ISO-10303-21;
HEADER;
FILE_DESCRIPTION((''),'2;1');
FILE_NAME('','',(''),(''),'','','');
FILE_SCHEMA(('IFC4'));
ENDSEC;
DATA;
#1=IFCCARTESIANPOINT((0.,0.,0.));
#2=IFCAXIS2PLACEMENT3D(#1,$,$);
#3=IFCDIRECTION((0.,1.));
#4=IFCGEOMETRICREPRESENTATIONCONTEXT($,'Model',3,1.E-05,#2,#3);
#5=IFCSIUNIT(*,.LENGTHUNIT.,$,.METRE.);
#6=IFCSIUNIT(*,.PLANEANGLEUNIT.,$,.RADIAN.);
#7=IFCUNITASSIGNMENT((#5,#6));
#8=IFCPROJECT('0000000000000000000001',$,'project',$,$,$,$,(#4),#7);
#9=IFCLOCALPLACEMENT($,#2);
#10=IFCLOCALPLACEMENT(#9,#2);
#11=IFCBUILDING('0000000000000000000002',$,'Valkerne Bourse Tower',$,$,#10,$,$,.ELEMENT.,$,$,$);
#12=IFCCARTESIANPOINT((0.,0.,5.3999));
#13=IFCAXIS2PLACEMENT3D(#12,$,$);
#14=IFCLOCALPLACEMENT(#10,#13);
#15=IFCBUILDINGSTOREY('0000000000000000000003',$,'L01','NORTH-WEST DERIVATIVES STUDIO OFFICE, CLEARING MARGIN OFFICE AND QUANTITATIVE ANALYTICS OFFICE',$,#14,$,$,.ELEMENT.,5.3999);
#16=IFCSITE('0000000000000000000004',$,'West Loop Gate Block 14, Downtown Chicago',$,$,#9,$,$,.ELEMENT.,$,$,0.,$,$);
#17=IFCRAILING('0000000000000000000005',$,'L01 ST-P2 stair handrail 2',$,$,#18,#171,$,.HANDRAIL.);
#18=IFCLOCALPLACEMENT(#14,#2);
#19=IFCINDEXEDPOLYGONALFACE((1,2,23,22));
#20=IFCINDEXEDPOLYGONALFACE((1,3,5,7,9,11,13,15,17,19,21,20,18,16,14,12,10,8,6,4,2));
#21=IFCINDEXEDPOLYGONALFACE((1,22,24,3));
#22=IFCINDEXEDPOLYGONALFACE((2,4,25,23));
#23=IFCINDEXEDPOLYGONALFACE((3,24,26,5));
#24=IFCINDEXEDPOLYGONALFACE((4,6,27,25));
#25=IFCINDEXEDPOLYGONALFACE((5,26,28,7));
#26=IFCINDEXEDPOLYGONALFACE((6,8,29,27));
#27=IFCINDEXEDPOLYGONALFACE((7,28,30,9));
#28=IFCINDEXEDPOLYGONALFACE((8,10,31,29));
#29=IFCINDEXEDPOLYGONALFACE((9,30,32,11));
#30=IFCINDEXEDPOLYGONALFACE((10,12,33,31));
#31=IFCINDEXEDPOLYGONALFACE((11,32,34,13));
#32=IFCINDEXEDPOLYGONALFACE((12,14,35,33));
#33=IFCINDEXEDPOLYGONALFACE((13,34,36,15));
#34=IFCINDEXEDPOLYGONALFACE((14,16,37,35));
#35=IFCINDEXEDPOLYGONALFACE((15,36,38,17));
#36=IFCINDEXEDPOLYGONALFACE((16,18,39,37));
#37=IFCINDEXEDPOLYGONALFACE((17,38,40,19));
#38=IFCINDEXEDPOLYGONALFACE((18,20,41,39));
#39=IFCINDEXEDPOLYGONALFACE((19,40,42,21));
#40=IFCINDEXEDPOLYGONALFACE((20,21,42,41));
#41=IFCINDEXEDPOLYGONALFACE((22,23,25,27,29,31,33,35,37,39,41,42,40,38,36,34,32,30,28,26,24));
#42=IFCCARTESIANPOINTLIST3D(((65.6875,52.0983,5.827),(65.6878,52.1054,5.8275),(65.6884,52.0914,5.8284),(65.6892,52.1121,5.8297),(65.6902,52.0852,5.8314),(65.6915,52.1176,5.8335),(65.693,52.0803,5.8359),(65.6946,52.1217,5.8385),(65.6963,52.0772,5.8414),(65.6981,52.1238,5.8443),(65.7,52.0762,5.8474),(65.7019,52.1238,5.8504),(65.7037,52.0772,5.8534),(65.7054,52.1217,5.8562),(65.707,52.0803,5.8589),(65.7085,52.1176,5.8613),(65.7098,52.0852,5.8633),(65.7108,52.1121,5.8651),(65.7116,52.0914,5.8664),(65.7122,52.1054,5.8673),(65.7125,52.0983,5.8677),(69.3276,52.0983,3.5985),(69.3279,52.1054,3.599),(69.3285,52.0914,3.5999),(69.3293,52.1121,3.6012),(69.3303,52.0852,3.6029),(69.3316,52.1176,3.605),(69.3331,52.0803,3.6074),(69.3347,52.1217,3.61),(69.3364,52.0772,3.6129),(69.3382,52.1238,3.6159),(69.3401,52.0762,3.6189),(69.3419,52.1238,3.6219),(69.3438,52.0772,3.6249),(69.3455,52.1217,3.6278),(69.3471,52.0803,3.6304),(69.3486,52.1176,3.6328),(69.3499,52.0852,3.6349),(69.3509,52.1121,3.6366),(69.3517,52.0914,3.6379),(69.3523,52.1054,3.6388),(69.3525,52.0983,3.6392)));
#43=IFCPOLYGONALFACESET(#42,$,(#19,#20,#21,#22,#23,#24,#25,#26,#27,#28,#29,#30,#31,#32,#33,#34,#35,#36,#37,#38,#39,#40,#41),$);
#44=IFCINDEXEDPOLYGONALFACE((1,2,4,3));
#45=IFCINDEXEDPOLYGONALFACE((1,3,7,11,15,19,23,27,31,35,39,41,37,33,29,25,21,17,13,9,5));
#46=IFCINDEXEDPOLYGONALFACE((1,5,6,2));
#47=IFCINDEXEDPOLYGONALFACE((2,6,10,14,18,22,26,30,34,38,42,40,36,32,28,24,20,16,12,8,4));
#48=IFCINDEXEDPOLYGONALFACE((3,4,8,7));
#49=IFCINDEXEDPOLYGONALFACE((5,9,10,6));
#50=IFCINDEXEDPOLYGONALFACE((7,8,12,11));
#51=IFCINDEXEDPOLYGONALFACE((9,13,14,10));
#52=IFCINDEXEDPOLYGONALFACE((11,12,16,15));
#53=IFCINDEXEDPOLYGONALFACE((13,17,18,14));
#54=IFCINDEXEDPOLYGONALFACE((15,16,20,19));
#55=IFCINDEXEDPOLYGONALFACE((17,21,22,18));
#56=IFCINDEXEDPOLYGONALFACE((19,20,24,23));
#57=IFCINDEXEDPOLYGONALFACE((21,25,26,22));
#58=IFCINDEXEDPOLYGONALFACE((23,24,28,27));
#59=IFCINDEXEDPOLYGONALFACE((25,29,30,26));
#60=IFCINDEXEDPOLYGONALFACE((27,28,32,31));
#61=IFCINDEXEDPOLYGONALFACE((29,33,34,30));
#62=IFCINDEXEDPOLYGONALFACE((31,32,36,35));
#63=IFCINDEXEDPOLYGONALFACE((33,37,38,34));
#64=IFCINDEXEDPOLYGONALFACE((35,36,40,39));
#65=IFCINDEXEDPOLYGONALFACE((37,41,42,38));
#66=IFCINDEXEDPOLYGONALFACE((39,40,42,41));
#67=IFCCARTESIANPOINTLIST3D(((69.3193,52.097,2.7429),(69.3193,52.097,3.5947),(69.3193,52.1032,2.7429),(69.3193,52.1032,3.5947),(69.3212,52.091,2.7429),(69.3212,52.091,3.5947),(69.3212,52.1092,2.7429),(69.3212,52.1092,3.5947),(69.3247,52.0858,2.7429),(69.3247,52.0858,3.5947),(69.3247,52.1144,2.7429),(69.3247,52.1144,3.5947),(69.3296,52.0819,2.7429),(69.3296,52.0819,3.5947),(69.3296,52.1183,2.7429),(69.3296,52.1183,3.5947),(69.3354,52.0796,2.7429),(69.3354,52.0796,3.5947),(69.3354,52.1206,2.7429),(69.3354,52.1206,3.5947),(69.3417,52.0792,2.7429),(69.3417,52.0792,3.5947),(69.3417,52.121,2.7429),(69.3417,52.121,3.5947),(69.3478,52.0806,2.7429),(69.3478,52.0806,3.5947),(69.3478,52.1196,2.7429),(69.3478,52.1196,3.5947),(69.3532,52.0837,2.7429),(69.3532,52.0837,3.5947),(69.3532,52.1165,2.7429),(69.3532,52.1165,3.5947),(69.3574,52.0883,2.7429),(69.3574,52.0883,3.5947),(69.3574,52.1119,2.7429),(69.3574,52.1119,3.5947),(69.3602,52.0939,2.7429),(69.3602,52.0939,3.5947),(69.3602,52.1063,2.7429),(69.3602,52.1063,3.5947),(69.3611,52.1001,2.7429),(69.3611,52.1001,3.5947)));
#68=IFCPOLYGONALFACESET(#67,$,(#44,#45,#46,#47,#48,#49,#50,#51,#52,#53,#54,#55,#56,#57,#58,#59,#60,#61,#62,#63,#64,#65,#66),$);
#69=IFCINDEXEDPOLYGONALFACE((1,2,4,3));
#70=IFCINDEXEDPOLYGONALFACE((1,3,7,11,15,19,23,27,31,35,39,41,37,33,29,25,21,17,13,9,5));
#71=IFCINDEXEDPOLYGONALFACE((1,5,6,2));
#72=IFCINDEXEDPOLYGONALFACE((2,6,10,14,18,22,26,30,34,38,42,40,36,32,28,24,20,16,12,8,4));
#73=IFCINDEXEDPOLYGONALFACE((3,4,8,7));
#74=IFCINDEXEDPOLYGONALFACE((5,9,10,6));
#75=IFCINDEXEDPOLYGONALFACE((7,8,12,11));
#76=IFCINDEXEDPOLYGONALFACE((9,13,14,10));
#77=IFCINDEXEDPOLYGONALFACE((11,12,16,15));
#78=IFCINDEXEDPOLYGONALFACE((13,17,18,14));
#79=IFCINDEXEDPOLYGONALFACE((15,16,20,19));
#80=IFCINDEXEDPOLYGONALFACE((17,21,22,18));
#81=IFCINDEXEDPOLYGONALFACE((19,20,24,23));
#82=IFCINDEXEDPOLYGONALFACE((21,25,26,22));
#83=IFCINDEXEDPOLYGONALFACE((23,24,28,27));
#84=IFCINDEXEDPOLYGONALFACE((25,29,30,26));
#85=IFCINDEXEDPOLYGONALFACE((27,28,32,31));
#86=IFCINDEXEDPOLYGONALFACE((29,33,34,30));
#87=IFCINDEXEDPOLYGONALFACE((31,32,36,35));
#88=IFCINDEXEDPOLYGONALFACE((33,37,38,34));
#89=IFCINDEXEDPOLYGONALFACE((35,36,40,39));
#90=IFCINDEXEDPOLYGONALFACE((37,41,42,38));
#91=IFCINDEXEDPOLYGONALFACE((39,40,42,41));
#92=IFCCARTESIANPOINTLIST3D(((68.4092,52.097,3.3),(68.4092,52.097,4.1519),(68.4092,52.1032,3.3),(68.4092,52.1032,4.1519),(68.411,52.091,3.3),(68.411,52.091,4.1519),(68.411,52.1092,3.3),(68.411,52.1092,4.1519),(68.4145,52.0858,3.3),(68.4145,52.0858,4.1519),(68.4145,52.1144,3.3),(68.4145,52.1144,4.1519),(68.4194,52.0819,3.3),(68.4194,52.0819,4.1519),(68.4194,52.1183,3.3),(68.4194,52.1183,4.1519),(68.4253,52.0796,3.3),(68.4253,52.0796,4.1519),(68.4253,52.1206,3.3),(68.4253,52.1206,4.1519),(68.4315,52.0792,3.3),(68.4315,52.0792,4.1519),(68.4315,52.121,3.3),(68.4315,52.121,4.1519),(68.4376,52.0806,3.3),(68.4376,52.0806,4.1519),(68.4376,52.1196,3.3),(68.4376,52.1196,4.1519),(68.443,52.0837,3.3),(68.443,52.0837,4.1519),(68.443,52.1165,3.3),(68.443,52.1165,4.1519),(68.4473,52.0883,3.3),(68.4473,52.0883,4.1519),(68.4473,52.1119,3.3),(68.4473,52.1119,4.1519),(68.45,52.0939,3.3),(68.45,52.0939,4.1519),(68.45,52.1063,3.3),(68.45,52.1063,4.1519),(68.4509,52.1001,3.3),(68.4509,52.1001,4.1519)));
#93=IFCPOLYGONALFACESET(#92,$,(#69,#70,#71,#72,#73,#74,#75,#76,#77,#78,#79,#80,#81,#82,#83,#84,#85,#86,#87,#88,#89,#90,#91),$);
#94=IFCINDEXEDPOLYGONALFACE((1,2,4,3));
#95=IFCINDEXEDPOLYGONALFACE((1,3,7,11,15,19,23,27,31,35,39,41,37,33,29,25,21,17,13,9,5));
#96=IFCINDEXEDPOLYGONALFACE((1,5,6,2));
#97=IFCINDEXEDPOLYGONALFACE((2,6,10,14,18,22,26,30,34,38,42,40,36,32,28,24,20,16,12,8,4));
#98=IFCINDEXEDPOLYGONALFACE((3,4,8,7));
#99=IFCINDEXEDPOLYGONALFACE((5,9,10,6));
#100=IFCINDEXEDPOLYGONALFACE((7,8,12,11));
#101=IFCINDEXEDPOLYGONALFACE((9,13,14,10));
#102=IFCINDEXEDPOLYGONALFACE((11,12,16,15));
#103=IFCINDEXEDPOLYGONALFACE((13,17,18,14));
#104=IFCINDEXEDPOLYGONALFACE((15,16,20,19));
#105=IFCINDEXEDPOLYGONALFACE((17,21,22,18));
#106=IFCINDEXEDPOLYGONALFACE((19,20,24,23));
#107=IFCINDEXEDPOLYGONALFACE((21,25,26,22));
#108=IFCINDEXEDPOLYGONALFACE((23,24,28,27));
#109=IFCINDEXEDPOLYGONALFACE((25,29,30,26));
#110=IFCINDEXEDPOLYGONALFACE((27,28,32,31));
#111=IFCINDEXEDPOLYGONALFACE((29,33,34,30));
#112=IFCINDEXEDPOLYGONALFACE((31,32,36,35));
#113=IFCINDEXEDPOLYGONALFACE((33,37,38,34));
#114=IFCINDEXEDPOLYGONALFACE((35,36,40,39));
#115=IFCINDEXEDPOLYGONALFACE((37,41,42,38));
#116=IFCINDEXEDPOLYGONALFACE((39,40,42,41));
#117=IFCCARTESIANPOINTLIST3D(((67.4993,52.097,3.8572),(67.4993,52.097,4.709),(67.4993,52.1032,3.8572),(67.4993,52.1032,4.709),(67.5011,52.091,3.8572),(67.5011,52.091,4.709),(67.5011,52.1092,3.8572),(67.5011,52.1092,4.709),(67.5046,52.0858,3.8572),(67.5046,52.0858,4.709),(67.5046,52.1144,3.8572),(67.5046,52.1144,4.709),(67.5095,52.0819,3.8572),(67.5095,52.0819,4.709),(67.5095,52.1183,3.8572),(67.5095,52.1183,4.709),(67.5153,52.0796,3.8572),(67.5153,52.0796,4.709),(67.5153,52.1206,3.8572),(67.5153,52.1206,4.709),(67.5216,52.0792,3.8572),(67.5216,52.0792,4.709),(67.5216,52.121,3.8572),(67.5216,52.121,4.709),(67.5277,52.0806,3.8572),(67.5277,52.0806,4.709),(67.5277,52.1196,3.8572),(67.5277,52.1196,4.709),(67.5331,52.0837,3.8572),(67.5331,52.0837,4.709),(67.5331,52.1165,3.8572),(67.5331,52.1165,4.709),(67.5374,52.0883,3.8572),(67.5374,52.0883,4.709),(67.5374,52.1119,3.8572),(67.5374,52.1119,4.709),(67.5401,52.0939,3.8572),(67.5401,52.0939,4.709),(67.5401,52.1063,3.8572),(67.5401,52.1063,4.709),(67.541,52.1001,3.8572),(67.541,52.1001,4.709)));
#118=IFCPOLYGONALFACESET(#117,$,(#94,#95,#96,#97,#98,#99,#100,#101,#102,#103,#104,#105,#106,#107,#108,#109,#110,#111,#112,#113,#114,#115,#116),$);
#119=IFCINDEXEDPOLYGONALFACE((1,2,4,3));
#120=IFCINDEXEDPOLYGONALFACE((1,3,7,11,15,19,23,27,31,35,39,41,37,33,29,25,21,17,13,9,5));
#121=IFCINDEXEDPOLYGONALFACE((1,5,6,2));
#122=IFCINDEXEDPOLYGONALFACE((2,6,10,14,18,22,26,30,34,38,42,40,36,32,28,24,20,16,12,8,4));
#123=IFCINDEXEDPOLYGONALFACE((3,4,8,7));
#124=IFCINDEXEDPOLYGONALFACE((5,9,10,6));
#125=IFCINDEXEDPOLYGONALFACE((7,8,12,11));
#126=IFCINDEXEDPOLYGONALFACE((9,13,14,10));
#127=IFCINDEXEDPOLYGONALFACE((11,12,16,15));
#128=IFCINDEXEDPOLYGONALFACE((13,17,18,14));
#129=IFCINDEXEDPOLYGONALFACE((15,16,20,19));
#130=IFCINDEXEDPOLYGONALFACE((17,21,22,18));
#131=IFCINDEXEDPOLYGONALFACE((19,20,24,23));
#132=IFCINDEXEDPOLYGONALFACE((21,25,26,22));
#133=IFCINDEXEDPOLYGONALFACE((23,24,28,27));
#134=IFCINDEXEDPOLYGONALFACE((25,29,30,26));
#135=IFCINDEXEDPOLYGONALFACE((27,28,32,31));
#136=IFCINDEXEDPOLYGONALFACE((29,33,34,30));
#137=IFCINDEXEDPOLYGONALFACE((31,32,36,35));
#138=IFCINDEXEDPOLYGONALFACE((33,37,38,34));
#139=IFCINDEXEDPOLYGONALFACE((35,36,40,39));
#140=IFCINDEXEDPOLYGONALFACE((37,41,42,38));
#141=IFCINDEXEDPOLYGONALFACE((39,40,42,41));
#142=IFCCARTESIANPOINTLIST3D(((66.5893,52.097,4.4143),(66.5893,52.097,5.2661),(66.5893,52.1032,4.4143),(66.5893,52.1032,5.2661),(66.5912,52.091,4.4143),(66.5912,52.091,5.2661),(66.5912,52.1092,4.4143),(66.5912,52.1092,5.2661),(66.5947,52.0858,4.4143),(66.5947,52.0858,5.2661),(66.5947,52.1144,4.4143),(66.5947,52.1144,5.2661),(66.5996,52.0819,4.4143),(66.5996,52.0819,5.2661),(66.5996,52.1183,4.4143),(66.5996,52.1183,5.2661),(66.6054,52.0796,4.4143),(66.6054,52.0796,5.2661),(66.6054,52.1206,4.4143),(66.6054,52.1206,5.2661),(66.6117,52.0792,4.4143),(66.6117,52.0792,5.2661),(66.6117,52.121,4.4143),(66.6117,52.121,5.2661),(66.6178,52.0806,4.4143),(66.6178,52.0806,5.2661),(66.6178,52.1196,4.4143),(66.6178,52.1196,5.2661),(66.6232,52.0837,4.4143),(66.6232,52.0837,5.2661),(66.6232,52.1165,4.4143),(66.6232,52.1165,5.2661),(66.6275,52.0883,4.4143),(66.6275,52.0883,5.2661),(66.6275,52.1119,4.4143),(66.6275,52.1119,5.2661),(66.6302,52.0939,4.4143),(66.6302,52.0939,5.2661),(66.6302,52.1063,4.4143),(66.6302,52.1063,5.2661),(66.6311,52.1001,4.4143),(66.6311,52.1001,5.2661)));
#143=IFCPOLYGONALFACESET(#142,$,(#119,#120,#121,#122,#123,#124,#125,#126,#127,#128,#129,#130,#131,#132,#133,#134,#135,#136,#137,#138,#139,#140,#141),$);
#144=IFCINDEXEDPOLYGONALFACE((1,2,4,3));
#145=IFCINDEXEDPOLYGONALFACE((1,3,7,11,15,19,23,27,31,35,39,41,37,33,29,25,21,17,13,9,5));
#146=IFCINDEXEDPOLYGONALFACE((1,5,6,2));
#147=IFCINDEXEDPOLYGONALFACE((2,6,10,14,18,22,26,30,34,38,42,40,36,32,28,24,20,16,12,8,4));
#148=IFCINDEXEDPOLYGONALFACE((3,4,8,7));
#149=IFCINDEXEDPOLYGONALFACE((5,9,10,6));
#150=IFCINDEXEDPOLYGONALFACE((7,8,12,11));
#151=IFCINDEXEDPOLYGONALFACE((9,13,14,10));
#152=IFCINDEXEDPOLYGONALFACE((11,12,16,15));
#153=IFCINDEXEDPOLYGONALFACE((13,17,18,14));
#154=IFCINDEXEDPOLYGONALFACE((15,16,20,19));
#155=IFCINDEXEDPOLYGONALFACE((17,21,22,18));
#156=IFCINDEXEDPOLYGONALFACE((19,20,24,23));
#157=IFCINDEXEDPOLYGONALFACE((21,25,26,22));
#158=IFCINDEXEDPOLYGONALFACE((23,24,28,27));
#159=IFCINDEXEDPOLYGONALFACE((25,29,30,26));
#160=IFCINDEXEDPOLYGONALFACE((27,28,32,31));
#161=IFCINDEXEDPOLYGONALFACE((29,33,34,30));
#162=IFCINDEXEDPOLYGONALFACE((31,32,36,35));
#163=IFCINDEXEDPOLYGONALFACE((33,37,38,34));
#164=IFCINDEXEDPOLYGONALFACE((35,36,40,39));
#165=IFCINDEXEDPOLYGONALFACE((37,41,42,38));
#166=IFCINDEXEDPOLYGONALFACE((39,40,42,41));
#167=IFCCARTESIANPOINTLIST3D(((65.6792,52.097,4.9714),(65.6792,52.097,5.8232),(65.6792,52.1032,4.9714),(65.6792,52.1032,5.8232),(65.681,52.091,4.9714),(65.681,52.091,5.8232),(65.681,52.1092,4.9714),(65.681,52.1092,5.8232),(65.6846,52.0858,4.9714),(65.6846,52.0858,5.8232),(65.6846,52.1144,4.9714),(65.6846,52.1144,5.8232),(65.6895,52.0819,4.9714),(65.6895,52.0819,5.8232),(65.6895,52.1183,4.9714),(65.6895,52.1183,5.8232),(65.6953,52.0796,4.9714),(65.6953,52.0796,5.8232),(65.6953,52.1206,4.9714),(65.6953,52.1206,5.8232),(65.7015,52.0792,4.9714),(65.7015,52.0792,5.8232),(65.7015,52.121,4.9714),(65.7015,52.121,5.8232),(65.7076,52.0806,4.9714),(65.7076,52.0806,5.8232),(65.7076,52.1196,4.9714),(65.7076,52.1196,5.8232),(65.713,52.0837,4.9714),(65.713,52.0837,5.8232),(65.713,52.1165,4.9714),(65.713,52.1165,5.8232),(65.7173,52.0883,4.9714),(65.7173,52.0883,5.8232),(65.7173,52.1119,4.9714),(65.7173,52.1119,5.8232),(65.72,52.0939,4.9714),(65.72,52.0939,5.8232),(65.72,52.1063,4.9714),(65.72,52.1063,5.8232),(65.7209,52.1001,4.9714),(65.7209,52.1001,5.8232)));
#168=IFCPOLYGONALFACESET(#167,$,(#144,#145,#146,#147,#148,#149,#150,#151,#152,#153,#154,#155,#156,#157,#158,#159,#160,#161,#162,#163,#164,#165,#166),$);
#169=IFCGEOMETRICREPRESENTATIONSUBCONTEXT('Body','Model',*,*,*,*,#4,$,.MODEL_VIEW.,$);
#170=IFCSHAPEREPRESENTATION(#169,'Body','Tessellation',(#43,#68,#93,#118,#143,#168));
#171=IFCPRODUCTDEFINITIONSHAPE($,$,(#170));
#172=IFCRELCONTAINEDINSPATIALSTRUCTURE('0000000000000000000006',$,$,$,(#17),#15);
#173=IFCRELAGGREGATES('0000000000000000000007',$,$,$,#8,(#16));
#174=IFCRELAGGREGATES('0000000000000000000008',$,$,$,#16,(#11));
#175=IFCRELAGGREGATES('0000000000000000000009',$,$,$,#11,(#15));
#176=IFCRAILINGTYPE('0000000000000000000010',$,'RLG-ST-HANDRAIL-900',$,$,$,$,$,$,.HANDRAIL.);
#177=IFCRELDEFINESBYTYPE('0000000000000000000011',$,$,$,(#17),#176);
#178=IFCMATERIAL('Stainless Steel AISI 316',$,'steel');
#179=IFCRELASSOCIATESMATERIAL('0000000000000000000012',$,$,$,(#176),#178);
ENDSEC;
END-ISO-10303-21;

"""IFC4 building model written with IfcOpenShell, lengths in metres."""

from ifc_helpers import new_model, si_unit, direction, frame, origin, origin_2d, place, context, subcontext, project, spatial, circle, extrude, material, type_object, element, save


model = new_model("IFC4")

# Units and contexts
model_context = context("Model", 3, precision=1e-05, world=origin(), true_north=direction((0.0, 1.0)))
body_context = subcontext(model_context, "Body", "Model", "MODEL_VIEW")
ifc_project = project(units=[si_unit("LENGTHUNIT", "METRE"), si_unit("PLANEANGLEUNIT", "RADIAN")], contexts=[model_context])

# Site, building, storey
site_placement = place(None, origin())
site = spatial("IfcSite", under=ifc_project, at=site_placement, Name="West Loop Gate Block 14, Downtown Chicago", CompositionType="ELEMENT", RefElevation=0.0)
building_placement = place(site_placement, origin())
building = spatial("IfcBuilding", under=site, at=building_placement, Name="Valkerne Bourse Tower", CompositionType="ELEMENT")
storey_placement = place(building_placement, frame((0.0, 0.0, 5.3999)))
storey = spatial("IfcBuildingStorey", under=building, at=storey_placement, Name="L01", Description="NORTH-WEST DERIVATIVES STUDIO OFFICE, CLEARING MARGIN OFFICE AND QUANTITATIVE ANALYTICS OFFICE", CompositionType="ELEMENT", Elevation=5.3999)

# Railing
ifc_material_1 = material(Name="Stainless Steel AISI 316", Category="steel")
railing_type_1 = type_object("IfcRailingType", Name="RLG-ST-HANDRAIL-900", PredefinedType="HANDRAIL", material=ifc_material_1)
railing_1_placement = place(storey_placement, frame((69.3401, 52.1001, 2.7429)))
element("IfcRailing", 1, at=railing_1_placement, inside=storey, type_object=railing_type_1, Name="L01 ST-P2 stair handrail 2", PredefinedType="HANDRAIL", context=body_context, shape_type="SweptSolid", body=[
    extrude(circle(Radius=0.0239, at=origin_2d()), frame((0.0, 0.0, 0.876), z_axis=(-0.852866, 0.0, 0.52213), x_axis=(0.0, -1.0, 0.0)), (0.0, 0.0, 1.0), 4.2681),
    extrude(circle(Radius=0.021, at=origin_2d()), origin(), (0.0, 0.0, 1.0), 0.8518),
    extrude(circle(Radius=0.021, at=origin_2d()), frame((-0.9102, 0.0, 0.5571)), (0.0, 0.0, 1.0), 0.8518),
    extrude(circle(Radius=0.021, at=origin_2d()), frame((-1.8201, 0.0, 1.1143)), (0.0, 0.0, 1.0), 0.8518),
    extrude(circle(Radius=0.021, at=origin_2d()), frame((-2.73, 0.0, 1.6714)), (0.0, 0.0, 1.0), 0.8518),
    extrude(circle(Radius=0.021, at=origin_2d()), frame((-3.6401, 0.0, 2.2285)), (0.0, 0.0, 1.0), 0.8518),
])

save(model, "model.ifc")
